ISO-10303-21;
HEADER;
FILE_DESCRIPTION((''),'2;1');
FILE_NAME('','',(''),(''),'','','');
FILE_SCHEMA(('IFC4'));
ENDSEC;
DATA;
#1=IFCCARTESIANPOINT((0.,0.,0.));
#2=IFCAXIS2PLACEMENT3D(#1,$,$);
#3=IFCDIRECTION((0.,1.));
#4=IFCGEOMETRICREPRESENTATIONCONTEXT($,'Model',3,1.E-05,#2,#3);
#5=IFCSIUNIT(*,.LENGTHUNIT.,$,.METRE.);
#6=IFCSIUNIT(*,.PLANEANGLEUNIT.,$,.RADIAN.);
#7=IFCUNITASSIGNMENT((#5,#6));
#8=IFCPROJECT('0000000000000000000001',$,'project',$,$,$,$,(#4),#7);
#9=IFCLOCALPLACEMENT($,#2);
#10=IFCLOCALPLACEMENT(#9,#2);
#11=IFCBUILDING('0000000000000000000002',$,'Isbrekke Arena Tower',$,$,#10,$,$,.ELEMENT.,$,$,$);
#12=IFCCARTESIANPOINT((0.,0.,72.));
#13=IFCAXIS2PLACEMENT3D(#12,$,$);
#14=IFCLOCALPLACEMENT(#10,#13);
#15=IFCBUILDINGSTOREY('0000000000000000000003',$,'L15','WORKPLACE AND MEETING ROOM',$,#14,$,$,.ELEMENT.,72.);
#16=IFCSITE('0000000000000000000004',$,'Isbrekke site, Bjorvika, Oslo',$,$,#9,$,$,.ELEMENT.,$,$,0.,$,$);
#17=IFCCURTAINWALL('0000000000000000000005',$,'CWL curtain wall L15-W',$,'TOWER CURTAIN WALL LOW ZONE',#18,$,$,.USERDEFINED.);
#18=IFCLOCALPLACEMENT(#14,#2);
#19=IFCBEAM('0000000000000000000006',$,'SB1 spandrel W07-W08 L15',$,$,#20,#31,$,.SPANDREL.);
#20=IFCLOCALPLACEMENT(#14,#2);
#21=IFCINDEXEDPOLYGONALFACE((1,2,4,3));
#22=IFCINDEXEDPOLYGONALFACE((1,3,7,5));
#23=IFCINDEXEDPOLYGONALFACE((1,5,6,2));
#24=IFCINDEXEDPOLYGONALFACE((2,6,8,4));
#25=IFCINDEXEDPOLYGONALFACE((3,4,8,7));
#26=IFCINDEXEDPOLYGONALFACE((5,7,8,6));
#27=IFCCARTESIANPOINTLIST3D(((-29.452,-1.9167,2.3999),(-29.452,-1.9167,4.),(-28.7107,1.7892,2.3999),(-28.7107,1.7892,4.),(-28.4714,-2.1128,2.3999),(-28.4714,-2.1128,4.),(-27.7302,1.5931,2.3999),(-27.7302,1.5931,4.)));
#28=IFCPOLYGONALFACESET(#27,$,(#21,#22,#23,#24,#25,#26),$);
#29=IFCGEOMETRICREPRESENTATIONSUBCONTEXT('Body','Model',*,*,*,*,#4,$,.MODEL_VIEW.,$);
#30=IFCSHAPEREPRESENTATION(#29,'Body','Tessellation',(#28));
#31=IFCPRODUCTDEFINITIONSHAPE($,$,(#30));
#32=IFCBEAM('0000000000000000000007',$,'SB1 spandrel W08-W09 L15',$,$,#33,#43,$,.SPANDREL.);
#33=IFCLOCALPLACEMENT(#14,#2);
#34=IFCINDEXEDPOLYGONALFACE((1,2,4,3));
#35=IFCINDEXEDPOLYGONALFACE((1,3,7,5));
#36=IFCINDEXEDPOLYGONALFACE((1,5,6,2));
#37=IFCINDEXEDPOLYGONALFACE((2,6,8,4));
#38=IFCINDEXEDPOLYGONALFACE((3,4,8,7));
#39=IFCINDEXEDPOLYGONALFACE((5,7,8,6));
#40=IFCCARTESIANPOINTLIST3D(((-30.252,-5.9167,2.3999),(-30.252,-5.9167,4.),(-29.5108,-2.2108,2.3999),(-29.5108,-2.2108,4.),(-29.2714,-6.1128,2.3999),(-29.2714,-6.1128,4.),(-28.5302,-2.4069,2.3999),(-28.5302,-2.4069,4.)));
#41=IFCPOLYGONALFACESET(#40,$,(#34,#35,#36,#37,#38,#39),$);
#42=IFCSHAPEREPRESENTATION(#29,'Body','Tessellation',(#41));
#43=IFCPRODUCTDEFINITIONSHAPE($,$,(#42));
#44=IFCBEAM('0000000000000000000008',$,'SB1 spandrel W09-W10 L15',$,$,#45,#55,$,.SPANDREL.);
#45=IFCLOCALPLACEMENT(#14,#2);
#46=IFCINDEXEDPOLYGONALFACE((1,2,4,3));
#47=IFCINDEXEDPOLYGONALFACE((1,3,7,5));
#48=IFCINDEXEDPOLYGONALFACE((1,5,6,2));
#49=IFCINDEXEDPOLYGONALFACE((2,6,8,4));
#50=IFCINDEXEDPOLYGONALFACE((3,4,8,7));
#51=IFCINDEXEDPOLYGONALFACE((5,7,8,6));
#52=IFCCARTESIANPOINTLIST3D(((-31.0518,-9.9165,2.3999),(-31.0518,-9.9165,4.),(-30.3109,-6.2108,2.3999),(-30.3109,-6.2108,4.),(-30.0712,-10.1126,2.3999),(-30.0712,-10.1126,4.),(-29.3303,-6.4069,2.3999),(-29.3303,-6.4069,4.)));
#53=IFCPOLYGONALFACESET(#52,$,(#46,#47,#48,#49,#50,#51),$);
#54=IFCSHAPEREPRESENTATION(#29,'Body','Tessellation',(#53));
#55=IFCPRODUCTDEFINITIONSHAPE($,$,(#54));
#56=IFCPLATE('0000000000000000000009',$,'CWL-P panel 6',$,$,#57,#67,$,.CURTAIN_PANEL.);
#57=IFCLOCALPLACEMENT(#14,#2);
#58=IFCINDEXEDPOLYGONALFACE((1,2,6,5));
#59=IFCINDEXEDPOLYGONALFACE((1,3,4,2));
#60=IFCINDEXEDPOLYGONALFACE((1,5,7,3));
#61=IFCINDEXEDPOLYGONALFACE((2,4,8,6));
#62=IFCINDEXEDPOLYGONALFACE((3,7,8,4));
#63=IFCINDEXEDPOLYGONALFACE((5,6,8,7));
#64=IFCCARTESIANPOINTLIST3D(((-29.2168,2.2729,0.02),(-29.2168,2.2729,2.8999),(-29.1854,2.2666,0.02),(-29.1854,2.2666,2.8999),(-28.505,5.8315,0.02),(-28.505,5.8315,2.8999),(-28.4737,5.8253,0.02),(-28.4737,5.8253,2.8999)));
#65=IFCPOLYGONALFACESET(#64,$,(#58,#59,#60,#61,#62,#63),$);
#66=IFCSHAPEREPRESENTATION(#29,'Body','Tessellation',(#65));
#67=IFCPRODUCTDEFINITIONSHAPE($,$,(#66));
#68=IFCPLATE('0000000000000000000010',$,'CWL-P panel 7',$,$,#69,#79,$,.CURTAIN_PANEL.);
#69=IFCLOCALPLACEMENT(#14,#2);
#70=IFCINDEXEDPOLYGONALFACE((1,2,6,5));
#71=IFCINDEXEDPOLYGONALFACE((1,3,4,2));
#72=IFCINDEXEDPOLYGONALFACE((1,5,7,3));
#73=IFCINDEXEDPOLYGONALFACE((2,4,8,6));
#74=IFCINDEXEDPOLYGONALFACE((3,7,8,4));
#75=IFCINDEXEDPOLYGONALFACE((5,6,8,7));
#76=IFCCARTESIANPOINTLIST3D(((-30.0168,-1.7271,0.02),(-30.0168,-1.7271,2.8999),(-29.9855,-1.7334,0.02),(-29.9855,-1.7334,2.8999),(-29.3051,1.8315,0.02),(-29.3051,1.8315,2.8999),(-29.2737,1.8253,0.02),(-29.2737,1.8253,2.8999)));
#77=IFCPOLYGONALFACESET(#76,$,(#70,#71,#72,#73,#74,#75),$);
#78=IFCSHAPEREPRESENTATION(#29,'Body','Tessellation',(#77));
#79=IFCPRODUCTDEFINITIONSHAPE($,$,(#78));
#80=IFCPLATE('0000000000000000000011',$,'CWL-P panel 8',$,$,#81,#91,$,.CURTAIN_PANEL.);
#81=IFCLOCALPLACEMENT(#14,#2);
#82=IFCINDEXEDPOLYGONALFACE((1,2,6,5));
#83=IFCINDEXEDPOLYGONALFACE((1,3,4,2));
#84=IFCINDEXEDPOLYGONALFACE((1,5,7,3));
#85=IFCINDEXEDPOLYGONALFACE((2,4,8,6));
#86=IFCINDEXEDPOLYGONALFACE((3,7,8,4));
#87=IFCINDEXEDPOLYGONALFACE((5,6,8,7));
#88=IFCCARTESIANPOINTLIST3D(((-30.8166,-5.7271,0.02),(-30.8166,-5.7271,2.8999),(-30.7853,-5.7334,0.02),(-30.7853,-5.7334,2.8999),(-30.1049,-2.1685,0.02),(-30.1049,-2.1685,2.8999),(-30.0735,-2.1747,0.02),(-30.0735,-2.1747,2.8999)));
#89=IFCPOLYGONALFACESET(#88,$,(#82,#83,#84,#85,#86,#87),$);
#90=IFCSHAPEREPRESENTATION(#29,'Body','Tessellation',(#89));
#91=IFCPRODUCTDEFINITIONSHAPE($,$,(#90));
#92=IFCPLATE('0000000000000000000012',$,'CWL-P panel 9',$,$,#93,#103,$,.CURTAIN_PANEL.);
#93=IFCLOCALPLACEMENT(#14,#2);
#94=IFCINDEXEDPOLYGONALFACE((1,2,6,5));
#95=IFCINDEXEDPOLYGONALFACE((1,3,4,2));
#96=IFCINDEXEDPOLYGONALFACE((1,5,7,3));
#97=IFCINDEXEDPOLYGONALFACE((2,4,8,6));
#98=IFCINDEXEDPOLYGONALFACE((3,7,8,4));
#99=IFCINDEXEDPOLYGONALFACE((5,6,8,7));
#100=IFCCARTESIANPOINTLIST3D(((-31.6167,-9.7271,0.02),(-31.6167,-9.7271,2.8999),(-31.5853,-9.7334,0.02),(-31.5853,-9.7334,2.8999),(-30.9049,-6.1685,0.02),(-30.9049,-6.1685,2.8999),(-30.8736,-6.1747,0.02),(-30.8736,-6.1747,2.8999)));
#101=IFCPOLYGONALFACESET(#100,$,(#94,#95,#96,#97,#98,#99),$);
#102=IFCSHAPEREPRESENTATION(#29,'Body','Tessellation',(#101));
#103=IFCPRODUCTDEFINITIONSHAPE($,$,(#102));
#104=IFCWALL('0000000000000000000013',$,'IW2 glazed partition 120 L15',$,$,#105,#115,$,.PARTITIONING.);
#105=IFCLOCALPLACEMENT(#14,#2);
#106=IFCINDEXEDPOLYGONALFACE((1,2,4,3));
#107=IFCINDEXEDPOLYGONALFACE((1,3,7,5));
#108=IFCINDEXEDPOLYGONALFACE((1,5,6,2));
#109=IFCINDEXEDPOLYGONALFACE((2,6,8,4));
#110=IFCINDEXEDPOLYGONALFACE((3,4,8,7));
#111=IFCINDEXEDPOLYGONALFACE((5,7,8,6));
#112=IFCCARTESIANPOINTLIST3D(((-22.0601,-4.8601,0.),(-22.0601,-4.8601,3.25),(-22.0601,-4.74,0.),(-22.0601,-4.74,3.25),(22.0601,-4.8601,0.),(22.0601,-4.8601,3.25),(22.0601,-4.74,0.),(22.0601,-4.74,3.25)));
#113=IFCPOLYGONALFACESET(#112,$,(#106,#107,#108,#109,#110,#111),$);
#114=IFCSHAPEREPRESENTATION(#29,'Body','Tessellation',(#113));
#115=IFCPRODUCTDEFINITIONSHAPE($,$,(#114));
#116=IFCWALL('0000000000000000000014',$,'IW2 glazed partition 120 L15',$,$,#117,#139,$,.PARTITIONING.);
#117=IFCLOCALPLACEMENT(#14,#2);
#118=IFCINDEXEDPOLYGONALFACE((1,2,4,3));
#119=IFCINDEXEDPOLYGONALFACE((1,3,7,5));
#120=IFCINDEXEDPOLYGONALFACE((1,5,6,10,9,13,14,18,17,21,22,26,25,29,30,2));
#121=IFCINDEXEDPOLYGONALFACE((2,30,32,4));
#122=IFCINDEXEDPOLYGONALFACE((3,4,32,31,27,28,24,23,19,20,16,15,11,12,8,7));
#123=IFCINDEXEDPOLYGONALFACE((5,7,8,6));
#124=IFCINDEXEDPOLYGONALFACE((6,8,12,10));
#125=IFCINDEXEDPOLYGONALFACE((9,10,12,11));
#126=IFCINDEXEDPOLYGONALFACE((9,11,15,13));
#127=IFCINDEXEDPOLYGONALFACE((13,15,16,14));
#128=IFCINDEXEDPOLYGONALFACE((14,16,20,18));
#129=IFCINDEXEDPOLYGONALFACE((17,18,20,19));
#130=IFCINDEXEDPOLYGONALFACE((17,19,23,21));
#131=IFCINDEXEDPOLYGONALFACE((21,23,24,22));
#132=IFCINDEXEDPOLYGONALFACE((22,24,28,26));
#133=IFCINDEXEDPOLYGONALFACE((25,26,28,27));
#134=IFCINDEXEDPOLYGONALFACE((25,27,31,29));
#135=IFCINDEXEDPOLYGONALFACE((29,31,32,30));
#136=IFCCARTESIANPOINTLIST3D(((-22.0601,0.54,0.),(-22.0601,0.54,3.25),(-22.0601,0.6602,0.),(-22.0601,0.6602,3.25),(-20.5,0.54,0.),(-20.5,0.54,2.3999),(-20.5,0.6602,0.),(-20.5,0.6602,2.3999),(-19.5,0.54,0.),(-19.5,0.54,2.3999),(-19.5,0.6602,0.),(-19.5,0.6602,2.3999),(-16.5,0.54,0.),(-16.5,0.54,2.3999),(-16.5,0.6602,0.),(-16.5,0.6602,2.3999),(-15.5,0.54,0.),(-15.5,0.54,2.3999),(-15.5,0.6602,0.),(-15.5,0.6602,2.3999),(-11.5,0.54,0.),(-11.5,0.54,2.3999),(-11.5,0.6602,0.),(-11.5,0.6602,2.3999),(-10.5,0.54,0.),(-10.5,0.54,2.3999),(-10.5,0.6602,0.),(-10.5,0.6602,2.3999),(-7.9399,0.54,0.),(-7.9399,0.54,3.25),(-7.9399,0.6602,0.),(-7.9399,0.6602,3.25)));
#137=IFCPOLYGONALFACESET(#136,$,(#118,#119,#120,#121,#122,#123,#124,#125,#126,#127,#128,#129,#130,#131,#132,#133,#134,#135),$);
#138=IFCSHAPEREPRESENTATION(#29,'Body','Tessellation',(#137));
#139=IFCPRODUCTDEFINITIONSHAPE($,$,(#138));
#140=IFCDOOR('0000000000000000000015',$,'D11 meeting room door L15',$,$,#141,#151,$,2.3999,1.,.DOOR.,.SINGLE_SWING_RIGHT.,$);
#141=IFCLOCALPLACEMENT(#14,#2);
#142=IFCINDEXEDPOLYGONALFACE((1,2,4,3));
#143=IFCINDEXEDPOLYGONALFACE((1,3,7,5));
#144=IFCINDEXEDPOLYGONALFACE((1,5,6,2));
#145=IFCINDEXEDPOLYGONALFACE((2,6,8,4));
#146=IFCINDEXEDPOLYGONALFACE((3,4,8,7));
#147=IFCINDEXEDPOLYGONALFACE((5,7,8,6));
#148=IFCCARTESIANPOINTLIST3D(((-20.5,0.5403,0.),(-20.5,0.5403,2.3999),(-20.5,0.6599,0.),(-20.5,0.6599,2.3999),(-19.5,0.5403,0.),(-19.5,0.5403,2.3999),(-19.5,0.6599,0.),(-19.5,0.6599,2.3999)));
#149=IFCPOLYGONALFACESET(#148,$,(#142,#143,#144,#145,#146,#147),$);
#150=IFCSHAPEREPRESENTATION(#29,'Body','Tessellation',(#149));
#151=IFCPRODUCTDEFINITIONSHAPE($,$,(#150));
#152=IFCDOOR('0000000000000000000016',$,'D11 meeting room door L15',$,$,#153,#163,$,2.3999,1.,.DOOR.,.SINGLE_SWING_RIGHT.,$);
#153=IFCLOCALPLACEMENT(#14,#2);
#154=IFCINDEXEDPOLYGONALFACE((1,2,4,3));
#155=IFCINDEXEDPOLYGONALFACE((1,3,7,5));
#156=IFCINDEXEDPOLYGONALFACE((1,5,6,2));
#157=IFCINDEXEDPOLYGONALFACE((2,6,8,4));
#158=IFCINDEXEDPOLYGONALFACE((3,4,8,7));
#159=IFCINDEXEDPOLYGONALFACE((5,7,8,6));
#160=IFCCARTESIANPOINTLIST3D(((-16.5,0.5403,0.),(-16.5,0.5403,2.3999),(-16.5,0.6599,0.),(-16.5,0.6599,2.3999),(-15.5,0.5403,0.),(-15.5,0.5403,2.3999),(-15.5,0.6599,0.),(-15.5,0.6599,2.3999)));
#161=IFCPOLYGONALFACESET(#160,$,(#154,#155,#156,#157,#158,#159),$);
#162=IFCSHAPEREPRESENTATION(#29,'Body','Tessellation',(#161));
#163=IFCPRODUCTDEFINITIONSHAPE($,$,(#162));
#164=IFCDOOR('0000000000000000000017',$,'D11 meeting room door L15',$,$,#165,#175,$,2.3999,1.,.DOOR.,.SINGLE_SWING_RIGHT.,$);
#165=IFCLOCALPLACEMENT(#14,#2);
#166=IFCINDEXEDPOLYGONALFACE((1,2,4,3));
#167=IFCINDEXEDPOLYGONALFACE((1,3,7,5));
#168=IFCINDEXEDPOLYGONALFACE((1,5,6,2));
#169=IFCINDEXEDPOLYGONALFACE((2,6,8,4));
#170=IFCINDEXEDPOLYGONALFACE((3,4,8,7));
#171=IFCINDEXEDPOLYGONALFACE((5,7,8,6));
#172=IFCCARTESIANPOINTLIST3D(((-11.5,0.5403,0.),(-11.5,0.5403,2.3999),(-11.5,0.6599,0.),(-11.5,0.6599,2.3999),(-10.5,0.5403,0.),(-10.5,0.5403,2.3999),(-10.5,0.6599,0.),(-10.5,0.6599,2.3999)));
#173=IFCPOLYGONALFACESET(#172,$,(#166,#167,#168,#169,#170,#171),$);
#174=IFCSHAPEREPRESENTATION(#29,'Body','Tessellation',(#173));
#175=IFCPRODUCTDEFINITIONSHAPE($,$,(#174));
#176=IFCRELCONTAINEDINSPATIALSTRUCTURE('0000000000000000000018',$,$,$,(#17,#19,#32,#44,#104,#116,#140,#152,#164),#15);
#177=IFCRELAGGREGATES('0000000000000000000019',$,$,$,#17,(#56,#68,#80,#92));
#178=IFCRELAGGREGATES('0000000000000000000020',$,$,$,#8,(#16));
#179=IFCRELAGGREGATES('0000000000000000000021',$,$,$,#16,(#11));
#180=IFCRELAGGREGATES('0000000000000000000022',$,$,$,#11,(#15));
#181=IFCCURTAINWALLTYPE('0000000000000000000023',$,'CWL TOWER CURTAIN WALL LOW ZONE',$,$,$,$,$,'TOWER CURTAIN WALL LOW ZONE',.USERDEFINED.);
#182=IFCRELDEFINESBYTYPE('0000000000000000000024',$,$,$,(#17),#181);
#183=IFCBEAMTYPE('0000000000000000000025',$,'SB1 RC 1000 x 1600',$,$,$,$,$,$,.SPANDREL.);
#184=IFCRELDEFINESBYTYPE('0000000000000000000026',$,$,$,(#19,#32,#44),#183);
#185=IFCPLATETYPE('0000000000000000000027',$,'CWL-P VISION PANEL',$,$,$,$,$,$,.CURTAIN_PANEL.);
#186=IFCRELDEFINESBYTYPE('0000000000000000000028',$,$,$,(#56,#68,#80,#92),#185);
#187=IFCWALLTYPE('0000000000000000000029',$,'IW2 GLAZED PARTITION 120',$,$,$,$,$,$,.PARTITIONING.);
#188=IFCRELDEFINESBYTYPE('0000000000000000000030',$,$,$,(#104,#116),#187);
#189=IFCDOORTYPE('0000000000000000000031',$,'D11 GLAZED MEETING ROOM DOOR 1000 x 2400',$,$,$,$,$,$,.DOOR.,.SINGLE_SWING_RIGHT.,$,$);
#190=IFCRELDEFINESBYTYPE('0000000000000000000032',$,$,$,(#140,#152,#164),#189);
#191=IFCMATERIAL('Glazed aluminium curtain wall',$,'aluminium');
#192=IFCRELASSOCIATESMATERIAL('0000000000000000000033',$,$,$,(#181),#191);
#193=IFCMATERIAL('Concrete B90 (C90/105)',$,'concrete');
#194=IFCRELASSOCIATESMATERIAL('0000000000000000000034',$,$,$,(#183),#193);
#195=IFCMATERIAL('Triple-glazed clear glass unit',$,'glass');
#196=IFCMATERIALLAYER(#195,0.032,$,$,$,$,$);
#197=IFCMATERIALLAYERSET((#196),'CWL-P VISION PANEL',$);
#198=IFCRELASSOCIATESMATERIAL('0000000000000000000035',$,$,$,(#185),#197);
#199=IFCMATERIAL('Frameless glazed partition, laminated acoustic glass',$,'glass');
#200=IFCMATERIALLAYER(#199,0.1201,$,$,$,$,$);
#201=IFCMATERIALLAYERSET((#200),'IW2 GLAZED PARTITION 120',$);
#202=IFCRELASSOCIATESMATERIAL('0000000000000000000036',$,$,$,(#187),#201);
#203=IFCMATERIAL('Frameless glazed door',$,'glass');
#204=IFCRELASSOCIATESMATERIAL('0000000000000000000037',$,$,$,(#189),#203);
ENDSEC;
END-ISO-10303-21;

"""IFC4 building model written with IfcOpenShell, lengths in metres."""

from ifc_helpers import new_model, si_unit, direction, frame, frame_2d, origin, origin_2d, place, context, subcontext, project, spatial, rectangle, extrude, material, layer, layer_set, material_profile, profile_set, type_object, element, fill, aggregate, save


model = new_model("IFC4")

# Units and contexts
model_context = context("Model", 3, precision=1e-05, world=origin(), true_north=direction((0.0, 1.0)))
body_context = subcontext(model_context, "Body", "Model", "MODEL_VIEW")
ifc_project = project(units=[si_unit("LENGTHUNIT", "METRE"), si_unit("PLANEANGLEUNIT", "RADIAN")], contexts=[model_context])

# Site, building, storey
site_placement = place(None, origin())
site = spatial("IfcSite", under=ifc_project, at=site_placement, Name="Isbrekke site, Bjorvika, Oslo", CompositionType="ELEMENT", RefElevation=0.0)
building_placement = place(site_placement, origin())
building = spatial("IfcBuilding", under=site, at=building_placement, Name="Isbrekke Arena Tower", CompositionType="ELEMENT")
storey_placement = place(building_placement, frame((0.0, 0.0, 72.0)))
storey = spatial("IfcBuildingStorey", under=building, at=storey_placement, Name="L15", Description="WORKPLACE AND MEETING ROOM", CompositionType="ELEMENT", Elevation=72.0)

# Curtain wall
ifc_material_1 = material(Name="Glazed aluminium curtain wall", Category="aluminium")
curtain_wall_type = type_object("IfcCurtainWallType", Name="CWL TOWER CURTAIN WALL LOW ZONE", ElementType="TOWER CURTAIN WALL LOW ZONE", PredefinedType="USERDEFINED", material=ifc_material_1)
curtain_wall_placement = place(storey_placement, origin())
curtain_wall = element("IfcCurtainWall", 1, at=curtain_wall_placement, inside=storey, type_object=curtain_wall_type, Name="CWL curtain wall L15-W", ObjectType="TOWER CURTAIN WALL LOW ZONE", PredefinedType="USERDEFINED")

# Beams
ifc_material_2 = material(Name="Concrete B90 (C90/105)", Category="concrete")
ifc_material_profile_1 = material_profile(ifc_material_2, rectangle(XDim=1.0, YDim=1.6001, at=origin_2d()), Name="RC 1000x1600")
ifc_profile_set_1 = profile_set([ifc_material_profile_1], Name="Concrete B90 (C90/105)")
beam_type_1 = type_object("IfcBeamType", Name="SB1 RC 1000 x 1600", PredefinedType="SPANDREL", material=ifc_profile_set_1)
for number, where, z_axis, x_axis, name in (
    (2, (-28.2205, 1.6912, 3.2), (-0.196129, -0.980578, 0.0), (0.980578, -0.196129, 0.0), "SB1 spandrel W07-W08 L15"),
    (3, (-29.0205, -2.3088, 3.2), (-0.196129, -0.980578, 0.0), (0.980578, -0.196129, 0.0), "SB1 spandrel W08-W09 L15"),
):
    element("IfcBeam", number, at=place(storey_placement, frame(where, z_axis=z_axis, x_axis=x_axis)), inside=storey, type_object=beam_type_1, Name=name, PredefinedType="SPANDREL", context=body_context, shape_type="SweptSolid", body=[
        extrude(rectangle(XDim=1.0, YDim=1.6001, at=origin_2d()), origin(), (0.0, 0.0, 1.0), 3.7793),
    ])
beam_1_placement = place(storey_placement, frame((-29.8206, -6.3088, 3.2), z_axis=(-0.196066, -0.980591, 0.0), x_axis=(0.980591, -0.196066, 0.0)))
element("IfcBeam", 4, at=beam_1_placement, inside=storey, type_object=beam_type_1, Name="SB1 spandrel W09-W10 L15", PredefinedType="SPANDREL", context=body_context, shape_type="SweptSolid", body=[
    extrude(rectangle(XDim=1.0, YDim=1.6001, at=origin_2d()), origin(), (0.0, 0.0, 1.0), 3.7791),
])

# Plates
ifc_material_3 = material(Name="Triple-glazed clear glass unit", Category="glass")
ifc_layer_1 = layer(ifc_material_3, 0.032)
ifc_layer_set_1 = layer_set([ifc_layer_1], Name="CWL-P VISION PANEL")
plate_type = type_object("IfcPlateType", Name="CWL-P VISION PANEL", PredefinedType="CURTAIN_PANEL", material=ifc_layer_set_1)
plate_1_placement = place(storey_placement, frame((-28.8452, 4.0491, 0.02), z_axis=(0.0, 0.0, 1.0), x_axis=(-0.196116, -0.980581, 0.0)))
plate_1 = element("IfcPlate", 5, at=plate_1_placement, type_object=plate_type, Name="CWL-P panel 6", PredefinedType="CURTAIN_PANEL", context=body_context, shape_type="SweptSolid", body=[
    extrude(rectangle(XDim=3.6292, YDim=0.032, at=origin_2d()), origin(), (0.0, 0.0, 1.0), 2.8799),
])
plate_2_placement = place(storey_placement, frame((-29.6453, 0.0491, 0.02), z_axis=(0.0, 0.0, 1.0), x_axis=(-0.196116, -0.980581, 0.0)))
plate_2 = element("IfcPlate", 6, at=plate_2_placement, type_object=plate_type, Name="CWL-P panel 7", PredefinedType="CURTAIN_PANEL", context=body_context, shape_type="SweptSolid", body=[
    extrude(rectangle(XDim=3.6292, YDim=0.032, at=origin_2d()), origin(), (0.0, 0.0, 1.0), 2.8799),
])
plate_3_placement = place(storey_placement, frame((-30.4451, -3.9509, 0.02), z_axis=(0.0, 0.0, 1.0), x_axis=(-0.196116, -0.980581, 0.0)))
plate_3 = element("IfcPlate", 7, at=plate_3_placement, type_object=plate_type, Name="CWL-P panel 8", PredefinedType="CURTAIN_PANEL", context=body_context, shape_type="SweptSolid", body=[
    extrude(rectangle(XDim=3.6292, YDim=0.032, at=origin_2d()), origin(), (0.0, 0.0, 1.0), 2.8799),
])
plate_4_placement = place(storey_placement, frame((-31.2451, -7.9509, 0.02), z_axis=(0.0, 0.0, 1.0), x_axis=(-0.196116, -0.980581, 0.0)))
plate_4 = element("IfcPlate", 8, at=plate_4_placement, type_object=plate_type, Name="CWL-P panel 9", PredefinedType="CURTAIN_PANEL", context=body_context, shape_type="SweptSolid", body=[
    extrude(rectangle(XDim=3.6292, YDim=0.032, at=origin_2d()), origin(), (0.0, 0.0, 1.0), 2.8799),
])
aggregate(curtain_wall, [plate_1, plate_2, plate_3, plate_4])

# Wall
ifc_material_4 = material(Name="Frameless glazed partition, laminated acoustic glass", Category="glass")
ifc_layer_2 = layer(ifc_material_4, 0.1201)
ifc_layer_set_2 = layer_set([ifc_layer_2], Name="IW2 GLAZED PARTITION 120")
wall_type = type_object("IfcWallType", Name="IW2 GLAZED PARTITION 120", PredefinedType="PARTITIONING", material=ifc_layer_set_2)
wall_1_placement = place(storey_placement, frame((-22.0601, -4.8, 0.0), z_axis=(0.0, 0.0, 1.0), x_axis=(1.0, 0.0, 0.0)))
element("IfcWall", 9, at=wall_1_placement, inside=storey, type_object=wall_type, Name="IW2 glazed partition 120 L15", PredefinedType="PARTITIONING", context=body_context, shape_type="SweptSolid", body=[
    extrude(rectangle(XDim=44.1201, YDim=0.1201, at=frame_2d((22.0601, 0.0))), origin(), (0.0, 0.0, 1.0), 3.25),
])

# Wall, openings, doors
wall_2_placement = place(storey_placement, frame((-22.0601, 0.6001, 0.0), z_axis=(0.0, 0.0, 1.0), x_axis=(1.0, 0.0, 0.0)))
wall_2 = element("IfcWall", 10, at=wall_2_placement, inside=storey, type_object=wall_type, Name="IW2 glazed partition 120 L15", PredefinedType="PARTITIONING", context=body_context, shape_type="SweptSolid", body=[
    extrude(rectangle(XDim=14.1201, YDim=0.1201, at=frame_2d((7.0601, 0.0))), origin(), (0.0, 0.0, 1.0), 3.25),
])
opening_1_placement = place(wall_2_placement, frame((1.5601, 0.0, 0.0)))
opening_1 = element("IfcOpeningElement", 11, at=opening_1_placement, cuts=wall_2, PredefinedType="OPENING", context=body_context, shape_type="SweptSolid", body=[
    extrude(rectangle(XDim=1.0, YDim=2.3999, at=frame_2d((0.5, 1.2))), frame((0.0, 0.075, 0.0), z_axis=(0.0, -1.0, 0.0), x_axis=(1.0, 0.0, 0.0)), (0.0, 0.0, 1.0), 0.1499),
])
opening_2_placement = place(wall_2_placement, frame((5.5601, 0.0, 0.0)))
opening_2 = element("IfcOpeningElement", 12, at=opening_2_placement, cuts=wall_2, PredefinedType="OPENING", context=body_context, shape_type="SweptSolid", body=[
    extrude(rectangle(XDim=1.0, YDim=2.3999, at=frame_2d((0.5, 1.2))), frame((0.0, 0.075, 0.0), z_axis=(0.0, -1.0, 0.0), x_axis=(1.0, 0.0, 0.0)), (0.0, 0.0, 1.0), 0.1499),
])
opening_3_placement = place(wall_2_placement, frame((10.5601, 0.0, 0.0)))
opening_3 = element("IfcOpeningElement", 13, at=opening_3_placement, cuts=wall_2, PredefinedType="OPENING", context=body_context, shape_type="SweptSolid", body=[
    extrude(rectangle(XDim=1.0, YDim=2.3999, at=frame_2d((0.5, 1.2))), frame((0.0, 0.075, 0.0), z_axis=(0.0, -1.0, 0.0), x_axis=(1.0, 0.0, 0.0)), (0.0, 0.0, 1.0), 0.1499),
])
ifc_material_5 = material(Name="Frameless glazed door", Category="glass")
door_type = type_object("IfcDoorType", Name="D11 GLAZED MEETING ROOM DOOR 1000 x 2400", OperationType="SINGLE_SWING_RIGHT", PredefinedType="DOOR", material=ifc_material_5)
door_1_placement = place(opening_1_placement, origin())
door_1 = element("IfcDoor", 14, at=door_1_placement, inside=storey, type_object=door_type, Name="D11 meeting room door L15", OperationType="SINGLE_SWING_RIGHT", OverallHeight=2.3999, OverallWidth=1.0, PredefinedType="DOOR", context=body_context, shape_type="SweptSolid", body=[
    extrude(rectangle(XDim=1.0, YDim=2.3999, at=frame_2d((0.5, 1.2))), frame((0.0, 0.0598, 0.0), z_axis=(0.0, -1.0, 0.0), x_axis=(1.0, 0.0, 0.0)), (0.0, 0.0, 1.0), 0.1196),
])
fill(opening_1, door_1)
door_2_placement = place(opening_2_placement, origin())
door_2 = element("IfcDoor", 15, at=door_2_placement, inside=storey, type_object=door_type, Name="D11 meeting room door L15", OperationType="SINGLE_SWING_RIGHT", OverallHeight=2.3999, OverallWidth=1.0, PredefinedType="DOOR", context=body_context, shape_type="SweptSolid", body=[
    extrude(rectangle(XDim=1.0, YDim=2.3999, at=frame_2d((0.5, 1.2))), frame((0.0, 0.0598, 0.0), z_axis=(0.0, -1.0, 0.0), x_axis=(1.0, 0.0, 0.0)), (0.0, 0.0, 1.0), 0.1196),
])
fill(opening_2, door_2)
door_3_placement = place(opening_3_placement, origin())
door_3 = element("IfcDoor", 16, at=door_3_placement, inside=storey, type_object=door_type, Name="D11 meeting room door L15", OperationType="SINGLE_SWING_RIGHT", OverallHeight=2.3999, OverallWidth=1.0, PredefinedType="DOOR", context=body_context, shape_type="SweptSolid", body=[
    extrude(rectangle(XDim=1.0, YDim=2.3999, at=frame_2d((0.5, 1.2))), frame((0.0, 0.0598, 0.0), z_axis=(0.0, -1.0, 0.0), x_axis=(1.0, 0.0, 0.0)), (0.0, 0.0, 1.0), 0.1196),
])
fill(opening_3, door_3)

save(model, "model.ifc")
